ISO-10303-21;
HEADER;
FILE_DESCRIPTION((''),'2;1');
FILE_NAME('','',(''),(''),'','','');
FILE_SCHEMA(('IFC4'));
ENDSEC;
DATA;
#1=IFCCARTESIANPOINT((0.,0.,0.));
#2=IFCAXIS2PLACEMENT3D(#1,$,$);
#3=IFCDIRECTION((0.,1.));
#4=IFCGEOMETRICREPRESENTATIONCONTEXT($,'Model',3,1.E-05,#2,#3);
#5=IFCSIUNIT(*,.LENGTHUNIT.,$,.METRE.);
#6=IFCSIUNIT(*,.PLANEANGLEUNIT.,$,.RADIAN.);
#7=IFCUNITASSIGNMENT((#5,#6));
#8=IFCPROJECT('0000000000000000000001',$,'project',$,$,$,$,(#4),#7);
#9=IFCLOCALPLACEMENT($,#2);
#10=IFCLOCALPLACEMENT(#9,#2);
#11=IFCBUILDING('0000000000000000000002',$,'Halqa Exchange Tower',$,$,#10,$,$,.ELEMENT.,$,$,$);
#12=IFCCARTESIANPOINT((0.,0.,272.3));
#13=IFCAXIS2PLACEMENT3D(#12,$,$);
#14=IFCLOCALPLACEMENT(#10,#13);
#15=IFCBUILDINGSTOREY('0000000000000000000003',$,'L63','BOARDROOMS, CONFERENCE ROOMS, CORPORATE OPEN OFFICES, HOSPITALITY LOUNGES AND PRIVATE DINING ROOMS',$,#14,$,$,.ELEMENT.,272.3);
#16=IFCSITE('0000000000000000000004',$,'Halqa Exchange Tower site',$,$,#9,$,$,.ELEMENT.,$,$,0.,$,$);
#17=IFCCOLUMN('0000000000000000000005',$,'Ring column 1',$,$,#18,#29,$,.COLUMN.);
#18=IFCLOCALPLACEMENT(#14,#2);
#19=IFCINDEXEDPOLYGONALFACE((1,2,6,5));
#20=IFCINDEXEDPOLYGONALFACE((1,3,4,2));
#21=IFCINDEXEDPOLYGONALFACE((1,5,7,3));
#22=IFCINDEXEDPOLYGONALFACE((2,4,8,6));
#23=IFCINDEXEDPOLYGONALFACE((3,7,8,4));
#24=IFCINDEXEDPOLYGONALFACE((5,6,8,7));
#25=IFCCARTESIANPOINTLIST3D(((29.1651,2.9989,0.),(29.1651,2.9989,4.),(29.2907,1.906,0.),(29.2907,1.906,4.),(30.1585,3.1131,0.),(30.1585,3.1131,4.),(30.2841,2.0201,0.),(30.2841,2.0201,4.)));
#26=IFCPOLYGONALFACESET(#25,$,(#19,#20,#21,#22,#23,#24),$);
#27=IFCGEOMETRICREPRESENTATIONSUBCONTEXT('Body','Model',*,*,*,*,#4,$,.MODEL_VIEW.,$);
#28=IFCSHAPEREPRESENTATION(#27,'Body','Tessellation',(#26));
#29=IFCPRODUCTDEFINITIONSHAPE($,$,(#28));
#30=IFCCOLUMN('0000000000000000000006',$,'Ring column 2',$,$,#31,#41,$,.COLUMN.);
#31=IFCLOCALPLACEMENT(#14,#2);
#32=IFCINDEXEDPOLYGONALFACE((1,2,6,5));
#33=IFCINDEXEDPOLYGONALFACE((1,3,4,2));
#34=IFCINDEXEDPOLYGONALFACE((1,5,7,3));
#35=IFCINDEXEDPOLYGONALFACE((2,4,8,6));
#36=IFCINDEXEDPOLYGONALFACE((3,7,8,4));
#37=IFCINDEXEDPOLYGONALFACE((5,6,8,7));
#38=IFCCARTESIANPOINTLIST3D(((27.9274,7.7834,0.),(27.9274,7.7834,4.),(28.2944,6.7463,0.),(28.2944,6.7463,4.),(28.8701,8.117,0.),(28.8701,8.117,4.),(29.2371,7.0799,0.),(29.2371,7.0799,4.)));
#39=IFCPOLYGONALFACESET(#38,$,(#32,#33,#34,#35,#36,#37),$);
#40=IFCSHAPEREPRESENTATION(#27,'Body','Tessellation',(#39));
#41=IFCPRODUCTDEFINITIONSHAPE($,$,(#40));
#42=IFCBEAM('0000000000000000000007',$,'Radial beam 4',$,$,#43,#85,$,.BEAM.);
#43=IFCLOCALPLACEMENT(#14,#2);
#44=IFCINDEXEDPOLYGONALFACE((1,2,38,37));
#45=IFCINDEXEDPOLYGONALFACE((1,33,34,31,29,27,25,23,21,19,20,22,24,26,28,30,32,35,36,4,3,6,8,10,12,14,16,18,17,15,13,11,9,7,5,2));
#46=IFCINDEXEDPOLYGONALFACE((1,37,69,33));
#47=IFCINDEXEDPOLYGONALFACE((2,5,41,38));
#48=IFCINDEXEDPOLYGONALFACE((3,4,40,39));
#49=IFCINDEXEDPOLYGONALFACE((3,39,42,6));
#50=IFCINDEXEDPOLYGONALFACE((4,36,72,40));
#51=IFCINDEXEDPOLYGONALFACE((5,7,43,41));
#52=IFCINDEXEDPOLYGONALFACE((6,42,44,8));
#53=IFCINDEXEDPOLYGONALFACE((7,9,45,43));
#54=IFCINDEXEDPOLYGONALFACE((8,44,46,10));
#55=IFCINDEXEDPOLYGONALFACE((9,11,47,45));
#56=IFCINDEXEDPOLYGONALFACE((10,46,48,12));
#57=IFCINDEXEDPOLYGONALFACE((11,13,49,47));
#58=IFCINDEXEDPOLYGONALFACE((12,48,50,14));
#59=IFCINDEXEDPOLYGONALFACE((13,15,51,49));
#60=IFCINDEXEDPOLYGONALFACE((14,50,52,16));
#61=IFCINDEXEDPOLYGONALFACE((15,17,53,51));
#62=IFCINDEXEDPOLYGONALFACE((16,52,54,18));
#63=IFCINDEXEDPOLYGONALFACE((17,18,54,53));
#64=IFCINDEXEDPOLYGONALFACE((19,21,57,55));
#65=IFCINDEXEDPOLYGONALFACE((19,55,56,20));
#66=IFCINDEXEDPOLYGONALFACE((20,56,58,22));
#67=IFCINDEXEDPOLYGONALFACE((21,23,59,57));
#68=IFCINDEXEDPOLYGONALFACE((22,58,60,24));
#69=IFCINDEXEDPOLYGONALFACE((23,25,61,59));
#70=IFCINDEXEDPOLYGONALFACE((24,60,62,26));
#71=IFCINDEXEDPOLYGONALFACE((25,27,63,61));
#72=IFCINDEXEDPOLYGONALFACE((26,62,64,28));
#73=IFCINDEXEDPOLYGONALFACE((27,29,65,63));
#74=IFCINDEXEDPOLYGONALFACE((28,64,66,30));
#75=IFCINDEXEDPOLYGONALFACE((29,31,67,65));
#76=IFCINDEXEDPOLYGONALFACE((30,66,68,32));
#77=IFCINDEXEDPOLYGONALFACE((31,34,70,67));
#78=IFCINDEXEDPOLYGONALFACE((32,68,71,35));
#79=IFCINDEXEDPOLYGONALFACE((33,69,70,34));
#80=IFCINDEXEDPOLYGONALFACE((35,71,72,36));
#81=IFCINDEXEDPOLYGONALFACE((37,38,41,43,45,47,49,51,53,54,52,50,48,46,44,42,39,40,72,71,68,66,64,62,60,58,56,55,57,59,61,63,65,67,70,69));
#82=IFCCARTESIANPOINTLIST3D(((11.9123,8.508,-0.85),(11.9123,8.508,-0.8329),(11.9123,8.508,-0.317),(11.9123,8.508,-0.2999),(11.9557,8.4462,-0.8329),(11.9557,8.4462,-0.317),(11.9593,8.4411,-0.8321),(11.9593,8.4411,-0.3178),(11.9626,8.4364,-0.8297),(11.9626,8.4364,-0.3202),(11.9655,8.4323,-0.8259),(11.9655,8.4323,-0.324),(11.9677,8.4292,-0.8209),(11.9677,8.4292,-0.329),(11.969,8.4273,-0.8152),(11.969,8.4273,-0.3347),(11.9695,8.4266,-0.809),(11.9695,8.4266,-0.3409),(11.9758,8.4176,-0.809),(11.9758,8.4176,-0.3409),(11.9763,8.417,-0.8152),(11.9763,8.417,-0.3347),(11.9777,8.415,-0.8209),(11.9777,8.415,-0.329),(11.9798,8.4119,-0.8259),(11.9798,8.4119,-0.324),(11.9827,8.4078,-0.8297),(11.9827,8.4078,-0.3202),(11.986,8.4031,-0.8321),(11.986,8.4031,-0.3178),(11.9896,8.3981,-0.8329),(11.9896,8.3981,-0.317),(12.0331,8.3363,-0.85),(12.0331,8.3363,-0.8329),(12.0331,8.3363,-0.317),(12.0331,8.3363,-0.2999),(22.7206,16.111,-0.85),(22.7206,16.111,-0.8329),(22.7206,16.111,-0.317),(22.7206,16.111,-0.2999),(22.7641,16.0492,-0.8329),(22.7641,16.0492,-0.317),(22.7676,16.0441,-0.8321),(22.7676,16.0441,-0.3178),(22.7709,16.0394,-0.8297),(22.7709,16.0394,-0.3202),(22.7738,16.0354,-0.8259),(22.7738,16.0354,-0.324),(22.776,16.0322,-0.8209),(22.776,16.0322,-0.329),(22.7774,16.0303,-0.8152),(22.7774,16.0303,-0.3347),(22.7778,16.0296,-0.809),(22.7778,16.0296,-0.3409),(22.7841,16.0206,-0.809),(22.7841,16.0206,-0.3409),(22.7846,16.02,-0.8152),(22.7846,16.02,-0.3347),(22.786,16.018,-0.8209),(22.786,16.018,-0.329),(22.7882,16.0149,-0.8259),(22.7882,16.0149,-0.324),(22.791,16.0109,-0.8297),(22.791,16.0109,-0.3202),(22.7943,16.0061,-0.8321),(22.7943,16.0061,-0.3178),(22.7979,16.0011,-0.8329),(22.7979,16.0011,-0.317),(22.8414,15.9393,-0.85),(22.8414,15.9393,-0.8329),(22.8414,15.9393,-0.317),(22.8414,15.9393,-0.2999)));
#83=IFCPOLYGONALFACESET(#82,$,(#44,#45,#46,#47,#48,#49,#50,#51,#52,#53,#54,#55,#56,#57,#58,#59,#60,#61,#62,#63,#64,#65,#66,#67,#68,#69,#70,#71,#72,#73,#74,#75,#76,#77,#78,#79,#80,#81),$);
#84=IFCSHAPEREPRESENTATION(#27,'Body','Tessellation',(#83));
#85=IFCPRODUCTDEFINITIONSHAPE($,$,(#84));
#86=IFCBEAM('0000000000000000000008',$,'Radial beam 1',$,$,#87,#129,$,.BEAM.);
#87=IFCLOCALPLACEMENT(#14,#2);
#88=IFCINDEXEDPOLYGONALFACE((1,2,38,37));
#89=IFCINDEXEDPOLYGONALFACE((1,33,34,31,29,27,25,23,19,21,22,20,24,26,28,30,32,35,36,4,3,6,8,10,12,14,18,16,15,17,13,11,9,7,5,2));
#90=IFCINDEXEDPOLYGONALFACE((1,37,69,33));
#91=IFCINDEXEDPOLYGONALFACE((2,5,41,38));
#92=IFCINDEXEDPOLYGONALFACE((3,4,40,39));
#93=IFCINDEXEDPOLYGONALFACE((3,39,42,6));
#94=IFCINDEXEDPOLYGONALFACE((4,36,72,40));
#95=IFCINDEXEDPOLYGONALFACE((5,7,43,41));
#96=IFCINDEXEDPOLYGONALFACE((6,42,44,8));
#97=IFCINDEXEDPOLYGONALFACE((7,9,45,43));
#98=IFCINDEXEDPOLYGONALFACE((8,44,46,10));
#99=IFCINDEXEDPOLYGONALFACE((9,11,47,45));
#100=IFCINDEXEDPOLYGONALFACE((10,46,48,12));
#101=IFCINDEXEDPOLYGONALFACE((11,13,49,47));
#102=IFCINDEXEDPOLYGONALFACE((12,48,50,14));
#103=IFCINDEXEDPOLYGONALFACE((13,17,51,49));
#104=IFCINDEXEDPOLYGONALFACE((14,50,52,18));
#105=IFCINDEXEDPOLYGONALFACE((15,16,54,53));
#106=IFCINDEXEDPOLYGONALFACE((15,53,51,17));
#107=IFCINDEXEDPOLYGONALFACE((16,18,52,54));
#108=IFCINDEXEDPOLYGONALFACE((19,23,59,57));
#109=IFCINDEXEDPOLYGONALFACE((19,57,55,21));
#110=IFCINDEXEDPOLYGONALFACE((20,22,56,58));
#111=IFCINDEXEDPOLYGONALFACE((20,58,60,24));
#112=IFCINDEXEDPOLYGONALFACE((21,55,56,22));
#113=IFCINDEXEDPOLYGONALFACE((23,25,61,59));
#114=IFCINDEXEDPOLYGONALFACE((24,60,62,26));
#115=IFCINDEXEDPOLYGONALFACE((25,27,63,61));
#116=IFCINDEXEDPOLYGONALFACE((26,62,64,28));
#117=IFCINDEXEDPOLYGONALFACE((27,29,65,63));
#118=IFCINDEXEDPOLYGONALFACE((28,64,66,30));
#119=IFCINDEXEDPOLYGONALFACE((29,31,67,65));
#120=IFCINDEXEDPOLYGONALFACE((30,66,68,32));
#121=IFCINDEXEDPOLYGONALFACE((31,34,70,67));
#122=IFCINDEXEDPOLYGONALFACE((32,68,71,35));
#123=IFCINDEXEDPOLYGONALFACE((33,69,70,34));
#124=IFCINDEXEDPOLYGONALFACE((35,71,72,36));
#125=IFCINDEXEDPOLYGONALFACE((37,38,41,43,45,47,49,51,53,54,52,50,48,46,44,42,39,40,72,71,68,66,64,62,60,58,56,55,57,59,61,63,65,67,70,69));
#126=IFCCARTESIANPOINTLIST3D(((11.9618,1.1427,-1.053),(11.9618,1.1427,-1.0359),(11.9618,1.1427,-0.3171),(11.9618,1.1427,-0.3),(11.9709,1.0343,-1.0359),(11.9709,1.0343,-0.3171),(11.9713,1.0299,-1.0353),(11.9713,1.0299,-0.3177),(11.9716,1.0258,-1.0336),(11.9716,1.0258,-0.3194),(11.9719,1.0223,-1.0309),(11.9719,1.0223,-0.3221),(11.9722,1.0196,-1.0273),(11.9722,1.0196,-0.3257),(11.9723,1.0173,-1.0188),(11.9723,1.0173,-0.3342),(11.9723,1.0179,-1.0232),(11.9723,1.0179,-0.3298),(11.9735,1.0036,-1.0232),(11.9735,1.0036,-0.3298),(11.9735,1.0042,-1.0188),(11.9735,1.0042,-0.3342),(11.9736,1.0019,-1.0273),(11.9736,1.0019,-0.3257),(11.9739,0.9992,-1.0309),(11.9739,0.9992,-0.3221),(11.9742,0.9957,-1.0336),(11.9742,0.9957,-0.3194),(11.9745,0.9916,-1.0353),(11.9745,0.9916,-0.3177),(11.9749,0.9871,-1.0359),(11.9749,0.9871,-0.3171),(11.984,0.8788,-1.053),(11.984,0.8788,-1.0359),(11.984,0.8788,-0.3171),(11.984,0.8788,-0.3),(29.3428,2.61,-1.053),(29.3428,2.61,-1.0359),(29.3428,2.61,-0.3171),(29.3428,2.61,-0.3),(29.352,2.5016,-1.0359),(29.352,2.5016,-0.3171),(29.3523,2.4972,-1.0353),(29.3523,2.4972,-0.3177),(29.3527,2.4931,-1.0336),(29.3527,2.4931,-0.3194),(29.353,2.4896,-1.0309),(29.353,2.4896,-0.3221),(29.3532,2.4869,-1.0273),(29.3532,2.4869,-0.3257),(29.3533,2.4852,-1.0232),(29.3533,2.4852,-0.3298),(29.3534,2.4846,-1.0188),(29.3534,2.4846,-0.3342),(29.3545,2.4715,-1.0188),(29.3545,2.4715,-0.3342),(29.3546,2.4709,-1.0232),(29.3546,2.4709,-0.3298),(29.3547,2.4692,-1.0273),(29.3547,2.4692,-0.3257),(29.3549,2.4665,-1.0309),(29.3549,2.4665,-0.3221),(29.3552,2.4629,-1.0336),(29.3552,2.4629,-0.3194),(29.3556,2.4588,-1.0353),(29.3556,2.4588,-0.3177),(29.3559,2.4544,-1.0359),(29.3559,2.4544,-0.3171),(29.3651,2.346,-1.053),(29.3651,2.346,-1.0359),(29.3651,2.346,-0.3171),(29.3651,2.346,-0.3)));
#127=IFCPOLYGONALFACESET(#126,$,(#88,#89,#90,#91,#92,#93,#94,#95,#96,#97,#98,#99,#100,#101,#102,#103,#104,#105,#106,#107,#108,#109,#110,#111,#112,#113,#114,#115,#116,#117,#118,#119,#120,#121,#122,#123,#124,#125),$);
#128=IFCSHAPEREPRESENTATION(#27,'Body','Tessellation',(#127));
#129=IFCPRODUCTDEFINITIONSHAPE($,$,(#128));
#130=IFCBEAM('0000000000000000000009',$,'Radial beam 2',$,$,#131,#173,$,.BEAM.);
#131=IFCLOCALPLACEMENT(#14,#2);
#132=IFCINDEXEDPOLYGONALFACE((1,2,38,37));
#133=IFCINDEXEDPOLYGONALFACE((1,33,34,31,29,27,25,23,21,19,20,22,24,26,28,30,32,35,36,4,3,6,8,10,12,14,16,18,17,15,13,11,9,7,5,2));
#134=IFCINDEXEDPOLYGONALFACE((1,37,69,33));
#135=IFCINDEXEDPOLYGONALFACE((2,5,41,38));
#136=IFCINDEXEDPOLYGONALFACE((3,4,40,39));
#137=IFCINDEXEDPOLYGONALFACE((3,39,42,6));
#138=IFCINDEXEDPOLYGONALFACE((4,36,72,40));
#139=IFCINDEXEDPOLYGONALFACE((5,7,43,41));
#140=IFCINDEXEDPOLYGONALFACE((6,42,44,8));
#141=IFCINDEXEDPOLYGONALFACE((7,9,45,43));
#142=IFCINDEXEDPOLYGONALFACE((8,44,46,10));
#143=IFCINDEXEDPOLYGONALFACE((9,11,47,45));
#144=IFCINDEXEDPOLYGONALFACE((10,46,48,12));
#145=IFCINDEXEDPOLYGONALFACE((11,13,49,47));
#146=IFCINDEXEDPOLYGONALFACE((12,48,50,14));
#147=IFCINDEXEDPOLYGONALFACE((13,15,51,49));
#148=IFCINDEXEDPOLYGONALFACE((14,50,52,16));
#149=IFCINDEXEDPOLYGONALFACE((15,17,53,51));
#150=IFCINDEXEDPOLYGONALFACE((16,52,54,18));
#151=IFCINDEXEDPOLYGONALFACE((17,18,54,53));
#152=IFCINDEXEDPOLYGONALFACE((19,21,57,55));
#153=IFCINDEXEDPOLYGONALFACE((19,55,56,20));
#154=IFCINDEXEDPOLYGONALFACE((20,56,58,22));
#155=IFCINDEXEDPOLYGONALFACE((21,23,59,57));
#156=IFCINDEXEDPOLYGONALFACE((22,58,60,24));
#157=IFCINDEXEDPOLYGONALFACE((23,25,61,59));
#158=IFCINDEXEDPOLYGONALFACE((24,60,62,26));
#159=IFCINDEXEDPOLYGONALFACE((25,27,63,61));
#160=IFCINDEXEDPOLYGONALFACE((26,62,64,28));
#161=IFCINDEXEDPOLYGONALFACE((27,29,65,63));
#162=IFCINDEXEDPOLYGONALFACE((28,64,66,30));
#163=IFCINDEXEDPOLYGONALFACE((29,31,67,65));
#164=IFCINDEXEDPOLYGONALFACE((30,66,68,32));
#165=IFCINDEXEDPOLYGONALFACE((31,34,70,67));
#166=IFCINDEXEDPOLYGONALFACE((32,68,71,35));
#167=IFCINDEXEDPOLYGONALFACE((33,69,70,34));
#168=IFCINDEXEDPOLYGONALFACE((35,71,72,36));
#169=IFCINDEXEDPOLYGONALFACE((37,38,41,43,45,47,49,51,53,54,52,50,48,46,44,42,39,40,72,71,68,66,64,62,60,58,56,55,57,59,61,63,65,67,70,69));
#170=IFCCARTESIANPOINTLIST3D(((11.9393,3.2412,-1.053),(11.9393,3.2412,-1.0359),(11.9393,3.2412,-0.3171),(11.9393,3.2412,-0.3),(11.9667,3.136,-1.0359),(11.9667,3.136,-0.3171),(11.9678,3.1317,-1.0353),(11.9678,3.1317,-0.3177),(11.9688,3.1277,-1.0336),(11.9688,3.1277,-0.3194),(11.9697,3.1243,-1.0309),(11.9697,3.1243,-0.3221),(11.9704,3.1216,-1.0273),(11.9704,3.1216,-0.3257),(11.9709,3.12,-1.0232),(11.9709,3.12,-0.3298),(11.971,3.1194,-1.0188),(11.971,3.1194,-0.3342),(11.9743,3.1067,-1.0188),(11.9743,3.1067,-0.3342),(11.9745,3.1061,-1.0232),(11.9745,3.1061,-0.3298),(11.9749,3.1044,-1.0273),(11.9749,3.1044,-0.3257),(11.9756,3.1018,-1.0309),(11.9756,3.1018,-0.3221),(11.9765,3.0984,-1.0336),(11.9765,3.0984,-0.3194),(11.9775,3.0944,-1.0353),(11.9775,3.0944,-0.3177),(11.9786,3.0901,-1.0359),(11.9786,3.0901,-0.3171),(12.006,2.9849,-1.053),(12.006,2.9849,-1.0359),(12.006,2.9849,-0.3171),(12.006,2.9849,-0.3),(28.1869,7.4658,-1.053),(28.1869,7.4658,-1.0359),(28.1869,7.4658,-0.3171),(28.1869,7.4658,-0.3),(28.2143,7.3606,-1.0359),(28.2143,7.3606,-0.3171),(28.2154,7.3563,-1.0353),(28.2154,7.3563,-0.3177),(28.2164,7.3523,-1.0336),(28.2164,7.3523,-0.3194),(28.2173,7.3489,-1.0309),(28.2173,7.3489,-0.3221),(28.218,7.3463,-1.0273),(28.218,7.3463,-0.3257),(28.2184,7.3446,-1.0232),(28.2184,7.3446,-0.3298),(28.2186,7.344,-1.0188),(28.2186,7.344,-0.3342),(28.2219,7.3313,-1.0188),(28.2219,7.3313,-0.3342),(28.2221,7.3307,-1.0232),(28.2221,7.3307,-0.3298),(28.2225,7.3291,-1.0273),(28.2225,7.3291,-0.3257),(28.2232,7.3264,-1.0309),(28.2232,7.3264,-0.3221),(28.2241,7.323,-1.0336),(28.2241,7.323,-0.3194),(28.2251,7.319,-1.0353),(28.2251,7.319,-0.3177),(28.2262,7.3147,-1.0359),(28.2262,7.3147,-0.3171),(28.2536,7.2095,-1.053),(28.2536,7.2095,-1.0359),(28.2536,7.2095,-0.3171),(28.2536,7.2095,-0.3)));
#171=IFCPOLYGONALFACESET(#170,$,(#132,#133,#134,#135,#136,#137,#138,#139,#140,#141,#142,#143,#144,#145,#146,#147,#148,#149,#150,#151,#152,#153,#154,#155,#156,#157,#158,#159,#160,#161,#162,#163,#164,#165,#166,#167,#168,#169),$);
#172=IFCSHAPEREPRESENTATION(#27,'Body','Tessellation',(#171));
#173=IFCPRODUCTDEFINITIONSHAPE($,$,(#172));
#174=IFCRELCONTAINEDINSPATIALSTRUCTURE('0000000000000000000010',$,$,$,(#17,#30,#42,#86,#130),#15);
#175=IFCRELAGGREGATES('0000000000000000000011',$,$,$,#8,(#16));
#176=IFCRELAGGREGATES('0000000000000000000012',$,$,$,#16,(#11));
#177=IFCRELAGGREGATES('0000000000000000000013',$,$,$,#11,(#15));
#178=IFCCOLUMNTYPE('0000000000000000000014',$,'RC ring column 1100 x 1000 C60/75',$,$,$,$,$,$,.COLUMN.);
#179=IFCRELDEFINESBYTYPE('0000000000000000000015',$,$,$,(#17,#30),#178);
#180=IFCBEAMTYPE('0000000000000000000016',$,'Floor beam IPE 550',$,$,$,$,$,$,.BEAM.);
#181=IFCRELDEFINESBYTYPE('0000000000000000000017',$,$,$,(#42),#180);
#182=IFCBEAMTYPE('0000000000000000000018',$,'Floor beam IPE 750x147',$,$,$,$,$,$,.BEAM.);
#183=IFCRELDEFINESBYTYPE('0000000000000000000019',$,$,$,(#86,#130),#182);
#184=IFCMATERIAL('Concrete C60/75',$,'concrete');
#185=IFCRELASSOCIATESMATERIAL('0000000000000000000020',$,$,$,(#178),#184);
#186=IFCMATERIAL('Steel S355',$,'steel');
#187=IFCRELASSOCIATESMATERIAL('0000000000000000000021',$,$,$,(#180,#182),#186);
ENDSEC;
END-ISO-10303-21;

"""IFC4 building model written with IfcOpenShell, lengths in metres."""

from ifc_helpers import new_model, si_unit, direction, frame, origin, origin_2d, place, context, subcontext, project, spatial, rectangle, i_section, extrude, material, material_profile, profile_set, type_object, element, save


model = new_model("IFC4")

# Units and contexts
model_context = context("Model", 3, precision=1e-05, world=origin(), true_north=direction((0.0, 1.0)))
body_context = subcontext(model_context, "Body", "Model", "MODEL_VIEW")
ifc_project = project(units=[si_unit("LENGTHUNIT", "METRE"), si_unit("PLANEANGLEUNIT", "RADIAN")], contexts=[model_context])

# Site, building, storey
site_placement = place(None, origin())
site = spatial("IfcSite", under=ifc_project, at=site_placement, Name="Halqa Exchange Tower site", CompositionType="ELEMENT", RefElevation=0.0)
building_placement = place(site_placement, origin())
building = spatial("IfcBuilding", under=site, at=building_placement, Name="Halqa Exchange Tower", CompositionType="ELEMENT")
storey_placement = place(building_placement, frame((0.0, 0.0, 272.3)))
storey = spatial("IfcBuildingStorey", under=building, at=storey_placement, Name="L63", Description="BOARDROOMS, CONFERENCE ROOMS, CORPORATE OPEN OFFICES, HOSPITALITY LOUNGES AND PRIVATE DINING ROOMS", CompositionType="ELEMENT", Elevation=272.3)

# Columns
ifc_material_1 = material(Name="Concrete C60/75", Category="concrete")
ifc_material_profile_1 = material_profile(ifc_material_1, rectangle(XDim=1.1001, YDim=1.0, at=origin_2d()), Name="1100 x 1000")
ifc_profile_set_1 = profile_set([ifc_material_profile_1], Name="Concrete C60/75")
column_type = type_object("IfcColumnType", Name="RC ring column 1100 x 1000 C60/75", PredefinedType="COLUMN", material=ifc_profile_set_1)
for number, where, z_axis, x_axis, name in (
    (1, (29.7246, 2.5095, 0.0), (0.0, 0.0, 1.0), (-0.114155, 0.993463, 0.0), "Ring column 1"),
    (2, (28.5823, 7.4316, 0.0), (0.0, 0.0, 1.0), (-0.333628, 0.942705, 0.0), "Ring column 2"),
):
    element("IfcColumn", number, at=place(storey_placement, frame(where, z_axis=z_axis, x_axis=x_axis)), inside=storey, type_object=column_type, Name=name, PredefinedType="COLUMN", context=body_context, shape_type="SweptSolid", body=[
        extrude(rectangle(XDim=1.1001, YDim=1.0, at=origin_2d()), origin(), (0.0, 0.0, 1.0), 4.0),
    ])

# Beams
ifc_material_2 = material(Name="Steel S355", Category="steel")
ifc_material_profile_2 = material_profile(ifc_material_2, i_section(OverallWidth=0.21, OverallDepth=0.55, WebThickness=0.011, FlangeThickness=0.0171, FilletRadius=0.0239, at=origin_2d()), Name="IPE 550")
ifc_profile_set_2 = profile_set([ifc_material_profile_2], Name="Steel S355")
beam_type_1 = type_object("IfcBeamType", Name="Floor beam IPE 550", PredefinedType="BEAM", material=ifc_profile_set_2)
beam_1_placement = place(storey_placement, frame((11.9727, 8.4221, -0.575), z_axis=(0.817908, 0.575349, 0.0), x_axis=(-0.575349, 0.817908, 0.0)))
element("IfcBeam", 3, at=beam_1_placement, inside=storey, type_object=beam_type_1, Name="Radial beam 4", PredefinedType="BEAM", context=body_context, shape_type="SweptSolid", body=[
    extrude(i_section(OverallWidth=0.21, OverallDepth=0.55, WebThickness=0.011, FlangeThickness=0.0171, FilletRadius=0.0239, at=origin_2d()), origin(), (0.0, 0.0, 1.0), 13.2146),
])
ifc_material_profile_3 = material_profile(ifc_material_2, i_section(OverallWidth=0.2649, OverallDepth=0.7529, WebThickness=0.0132, FlangeThickness=0.0171, FilletRadius=0.0171, at=origin_2d()), Name="IPE 750x147")
ifc_profile_set_3 = profile_set([ifc_material_profile_3], Name="Steel S355")
beam_type_2 = type_object("IfcBeamType", Name="Floor beam IPE 750x147", PredefinedType="BEAM", material=ifc_profile_set_3)
beam_2_placement = place(storey_placement, frame((11.9729, 1.0107, -0.6765), z_axis=(0.996456, 0.084119, 0.0), x_axis=(-0.084119, 0.996456, 0.0)))
element("IfcBeam", 4, at=beam_2_placement, inside=storey, type_object=beam_type_2, Name="Radial beam 1", PredefinedType="BEAM", context=body_context, shape_type="SweptSolid", body=[
    extrude(i_section(OverallWidth=0.2649, OverallDepth=0.7529, WebThickness=0.0132, FlangeThickness=0.0171, FilletRadius=0.0171, at=origin_2d()), origin(), (0.0, 0.0, 1.0), 17.4429),
])
beam_3_placement = place(storey_placement, frame((11.9727, 3.113, -0.6765), z_axis=(0.967819, 0.251647, 0.0), x_axis=(-0.251647, 0.967819, 0.0)))
element("IfcBeam", 5, at=beam_3_placement, inside=storey, type_object=beam_type_2, Name="Radial beam 2", PredefinedType="BEAM", context=body_context, shape_type="SweptSolid", body=[
    extrude(i_section(OverallWidth=0.2649, OverallDepth=0.7529, WebThickness=0.0132, FlangeThickness=0.0171, FilletRadius=0.0171, at=origin_2d()), origin(), (0.0, 0.0, 1.0), 16.7878),
])

save(model, "model.ifc")
